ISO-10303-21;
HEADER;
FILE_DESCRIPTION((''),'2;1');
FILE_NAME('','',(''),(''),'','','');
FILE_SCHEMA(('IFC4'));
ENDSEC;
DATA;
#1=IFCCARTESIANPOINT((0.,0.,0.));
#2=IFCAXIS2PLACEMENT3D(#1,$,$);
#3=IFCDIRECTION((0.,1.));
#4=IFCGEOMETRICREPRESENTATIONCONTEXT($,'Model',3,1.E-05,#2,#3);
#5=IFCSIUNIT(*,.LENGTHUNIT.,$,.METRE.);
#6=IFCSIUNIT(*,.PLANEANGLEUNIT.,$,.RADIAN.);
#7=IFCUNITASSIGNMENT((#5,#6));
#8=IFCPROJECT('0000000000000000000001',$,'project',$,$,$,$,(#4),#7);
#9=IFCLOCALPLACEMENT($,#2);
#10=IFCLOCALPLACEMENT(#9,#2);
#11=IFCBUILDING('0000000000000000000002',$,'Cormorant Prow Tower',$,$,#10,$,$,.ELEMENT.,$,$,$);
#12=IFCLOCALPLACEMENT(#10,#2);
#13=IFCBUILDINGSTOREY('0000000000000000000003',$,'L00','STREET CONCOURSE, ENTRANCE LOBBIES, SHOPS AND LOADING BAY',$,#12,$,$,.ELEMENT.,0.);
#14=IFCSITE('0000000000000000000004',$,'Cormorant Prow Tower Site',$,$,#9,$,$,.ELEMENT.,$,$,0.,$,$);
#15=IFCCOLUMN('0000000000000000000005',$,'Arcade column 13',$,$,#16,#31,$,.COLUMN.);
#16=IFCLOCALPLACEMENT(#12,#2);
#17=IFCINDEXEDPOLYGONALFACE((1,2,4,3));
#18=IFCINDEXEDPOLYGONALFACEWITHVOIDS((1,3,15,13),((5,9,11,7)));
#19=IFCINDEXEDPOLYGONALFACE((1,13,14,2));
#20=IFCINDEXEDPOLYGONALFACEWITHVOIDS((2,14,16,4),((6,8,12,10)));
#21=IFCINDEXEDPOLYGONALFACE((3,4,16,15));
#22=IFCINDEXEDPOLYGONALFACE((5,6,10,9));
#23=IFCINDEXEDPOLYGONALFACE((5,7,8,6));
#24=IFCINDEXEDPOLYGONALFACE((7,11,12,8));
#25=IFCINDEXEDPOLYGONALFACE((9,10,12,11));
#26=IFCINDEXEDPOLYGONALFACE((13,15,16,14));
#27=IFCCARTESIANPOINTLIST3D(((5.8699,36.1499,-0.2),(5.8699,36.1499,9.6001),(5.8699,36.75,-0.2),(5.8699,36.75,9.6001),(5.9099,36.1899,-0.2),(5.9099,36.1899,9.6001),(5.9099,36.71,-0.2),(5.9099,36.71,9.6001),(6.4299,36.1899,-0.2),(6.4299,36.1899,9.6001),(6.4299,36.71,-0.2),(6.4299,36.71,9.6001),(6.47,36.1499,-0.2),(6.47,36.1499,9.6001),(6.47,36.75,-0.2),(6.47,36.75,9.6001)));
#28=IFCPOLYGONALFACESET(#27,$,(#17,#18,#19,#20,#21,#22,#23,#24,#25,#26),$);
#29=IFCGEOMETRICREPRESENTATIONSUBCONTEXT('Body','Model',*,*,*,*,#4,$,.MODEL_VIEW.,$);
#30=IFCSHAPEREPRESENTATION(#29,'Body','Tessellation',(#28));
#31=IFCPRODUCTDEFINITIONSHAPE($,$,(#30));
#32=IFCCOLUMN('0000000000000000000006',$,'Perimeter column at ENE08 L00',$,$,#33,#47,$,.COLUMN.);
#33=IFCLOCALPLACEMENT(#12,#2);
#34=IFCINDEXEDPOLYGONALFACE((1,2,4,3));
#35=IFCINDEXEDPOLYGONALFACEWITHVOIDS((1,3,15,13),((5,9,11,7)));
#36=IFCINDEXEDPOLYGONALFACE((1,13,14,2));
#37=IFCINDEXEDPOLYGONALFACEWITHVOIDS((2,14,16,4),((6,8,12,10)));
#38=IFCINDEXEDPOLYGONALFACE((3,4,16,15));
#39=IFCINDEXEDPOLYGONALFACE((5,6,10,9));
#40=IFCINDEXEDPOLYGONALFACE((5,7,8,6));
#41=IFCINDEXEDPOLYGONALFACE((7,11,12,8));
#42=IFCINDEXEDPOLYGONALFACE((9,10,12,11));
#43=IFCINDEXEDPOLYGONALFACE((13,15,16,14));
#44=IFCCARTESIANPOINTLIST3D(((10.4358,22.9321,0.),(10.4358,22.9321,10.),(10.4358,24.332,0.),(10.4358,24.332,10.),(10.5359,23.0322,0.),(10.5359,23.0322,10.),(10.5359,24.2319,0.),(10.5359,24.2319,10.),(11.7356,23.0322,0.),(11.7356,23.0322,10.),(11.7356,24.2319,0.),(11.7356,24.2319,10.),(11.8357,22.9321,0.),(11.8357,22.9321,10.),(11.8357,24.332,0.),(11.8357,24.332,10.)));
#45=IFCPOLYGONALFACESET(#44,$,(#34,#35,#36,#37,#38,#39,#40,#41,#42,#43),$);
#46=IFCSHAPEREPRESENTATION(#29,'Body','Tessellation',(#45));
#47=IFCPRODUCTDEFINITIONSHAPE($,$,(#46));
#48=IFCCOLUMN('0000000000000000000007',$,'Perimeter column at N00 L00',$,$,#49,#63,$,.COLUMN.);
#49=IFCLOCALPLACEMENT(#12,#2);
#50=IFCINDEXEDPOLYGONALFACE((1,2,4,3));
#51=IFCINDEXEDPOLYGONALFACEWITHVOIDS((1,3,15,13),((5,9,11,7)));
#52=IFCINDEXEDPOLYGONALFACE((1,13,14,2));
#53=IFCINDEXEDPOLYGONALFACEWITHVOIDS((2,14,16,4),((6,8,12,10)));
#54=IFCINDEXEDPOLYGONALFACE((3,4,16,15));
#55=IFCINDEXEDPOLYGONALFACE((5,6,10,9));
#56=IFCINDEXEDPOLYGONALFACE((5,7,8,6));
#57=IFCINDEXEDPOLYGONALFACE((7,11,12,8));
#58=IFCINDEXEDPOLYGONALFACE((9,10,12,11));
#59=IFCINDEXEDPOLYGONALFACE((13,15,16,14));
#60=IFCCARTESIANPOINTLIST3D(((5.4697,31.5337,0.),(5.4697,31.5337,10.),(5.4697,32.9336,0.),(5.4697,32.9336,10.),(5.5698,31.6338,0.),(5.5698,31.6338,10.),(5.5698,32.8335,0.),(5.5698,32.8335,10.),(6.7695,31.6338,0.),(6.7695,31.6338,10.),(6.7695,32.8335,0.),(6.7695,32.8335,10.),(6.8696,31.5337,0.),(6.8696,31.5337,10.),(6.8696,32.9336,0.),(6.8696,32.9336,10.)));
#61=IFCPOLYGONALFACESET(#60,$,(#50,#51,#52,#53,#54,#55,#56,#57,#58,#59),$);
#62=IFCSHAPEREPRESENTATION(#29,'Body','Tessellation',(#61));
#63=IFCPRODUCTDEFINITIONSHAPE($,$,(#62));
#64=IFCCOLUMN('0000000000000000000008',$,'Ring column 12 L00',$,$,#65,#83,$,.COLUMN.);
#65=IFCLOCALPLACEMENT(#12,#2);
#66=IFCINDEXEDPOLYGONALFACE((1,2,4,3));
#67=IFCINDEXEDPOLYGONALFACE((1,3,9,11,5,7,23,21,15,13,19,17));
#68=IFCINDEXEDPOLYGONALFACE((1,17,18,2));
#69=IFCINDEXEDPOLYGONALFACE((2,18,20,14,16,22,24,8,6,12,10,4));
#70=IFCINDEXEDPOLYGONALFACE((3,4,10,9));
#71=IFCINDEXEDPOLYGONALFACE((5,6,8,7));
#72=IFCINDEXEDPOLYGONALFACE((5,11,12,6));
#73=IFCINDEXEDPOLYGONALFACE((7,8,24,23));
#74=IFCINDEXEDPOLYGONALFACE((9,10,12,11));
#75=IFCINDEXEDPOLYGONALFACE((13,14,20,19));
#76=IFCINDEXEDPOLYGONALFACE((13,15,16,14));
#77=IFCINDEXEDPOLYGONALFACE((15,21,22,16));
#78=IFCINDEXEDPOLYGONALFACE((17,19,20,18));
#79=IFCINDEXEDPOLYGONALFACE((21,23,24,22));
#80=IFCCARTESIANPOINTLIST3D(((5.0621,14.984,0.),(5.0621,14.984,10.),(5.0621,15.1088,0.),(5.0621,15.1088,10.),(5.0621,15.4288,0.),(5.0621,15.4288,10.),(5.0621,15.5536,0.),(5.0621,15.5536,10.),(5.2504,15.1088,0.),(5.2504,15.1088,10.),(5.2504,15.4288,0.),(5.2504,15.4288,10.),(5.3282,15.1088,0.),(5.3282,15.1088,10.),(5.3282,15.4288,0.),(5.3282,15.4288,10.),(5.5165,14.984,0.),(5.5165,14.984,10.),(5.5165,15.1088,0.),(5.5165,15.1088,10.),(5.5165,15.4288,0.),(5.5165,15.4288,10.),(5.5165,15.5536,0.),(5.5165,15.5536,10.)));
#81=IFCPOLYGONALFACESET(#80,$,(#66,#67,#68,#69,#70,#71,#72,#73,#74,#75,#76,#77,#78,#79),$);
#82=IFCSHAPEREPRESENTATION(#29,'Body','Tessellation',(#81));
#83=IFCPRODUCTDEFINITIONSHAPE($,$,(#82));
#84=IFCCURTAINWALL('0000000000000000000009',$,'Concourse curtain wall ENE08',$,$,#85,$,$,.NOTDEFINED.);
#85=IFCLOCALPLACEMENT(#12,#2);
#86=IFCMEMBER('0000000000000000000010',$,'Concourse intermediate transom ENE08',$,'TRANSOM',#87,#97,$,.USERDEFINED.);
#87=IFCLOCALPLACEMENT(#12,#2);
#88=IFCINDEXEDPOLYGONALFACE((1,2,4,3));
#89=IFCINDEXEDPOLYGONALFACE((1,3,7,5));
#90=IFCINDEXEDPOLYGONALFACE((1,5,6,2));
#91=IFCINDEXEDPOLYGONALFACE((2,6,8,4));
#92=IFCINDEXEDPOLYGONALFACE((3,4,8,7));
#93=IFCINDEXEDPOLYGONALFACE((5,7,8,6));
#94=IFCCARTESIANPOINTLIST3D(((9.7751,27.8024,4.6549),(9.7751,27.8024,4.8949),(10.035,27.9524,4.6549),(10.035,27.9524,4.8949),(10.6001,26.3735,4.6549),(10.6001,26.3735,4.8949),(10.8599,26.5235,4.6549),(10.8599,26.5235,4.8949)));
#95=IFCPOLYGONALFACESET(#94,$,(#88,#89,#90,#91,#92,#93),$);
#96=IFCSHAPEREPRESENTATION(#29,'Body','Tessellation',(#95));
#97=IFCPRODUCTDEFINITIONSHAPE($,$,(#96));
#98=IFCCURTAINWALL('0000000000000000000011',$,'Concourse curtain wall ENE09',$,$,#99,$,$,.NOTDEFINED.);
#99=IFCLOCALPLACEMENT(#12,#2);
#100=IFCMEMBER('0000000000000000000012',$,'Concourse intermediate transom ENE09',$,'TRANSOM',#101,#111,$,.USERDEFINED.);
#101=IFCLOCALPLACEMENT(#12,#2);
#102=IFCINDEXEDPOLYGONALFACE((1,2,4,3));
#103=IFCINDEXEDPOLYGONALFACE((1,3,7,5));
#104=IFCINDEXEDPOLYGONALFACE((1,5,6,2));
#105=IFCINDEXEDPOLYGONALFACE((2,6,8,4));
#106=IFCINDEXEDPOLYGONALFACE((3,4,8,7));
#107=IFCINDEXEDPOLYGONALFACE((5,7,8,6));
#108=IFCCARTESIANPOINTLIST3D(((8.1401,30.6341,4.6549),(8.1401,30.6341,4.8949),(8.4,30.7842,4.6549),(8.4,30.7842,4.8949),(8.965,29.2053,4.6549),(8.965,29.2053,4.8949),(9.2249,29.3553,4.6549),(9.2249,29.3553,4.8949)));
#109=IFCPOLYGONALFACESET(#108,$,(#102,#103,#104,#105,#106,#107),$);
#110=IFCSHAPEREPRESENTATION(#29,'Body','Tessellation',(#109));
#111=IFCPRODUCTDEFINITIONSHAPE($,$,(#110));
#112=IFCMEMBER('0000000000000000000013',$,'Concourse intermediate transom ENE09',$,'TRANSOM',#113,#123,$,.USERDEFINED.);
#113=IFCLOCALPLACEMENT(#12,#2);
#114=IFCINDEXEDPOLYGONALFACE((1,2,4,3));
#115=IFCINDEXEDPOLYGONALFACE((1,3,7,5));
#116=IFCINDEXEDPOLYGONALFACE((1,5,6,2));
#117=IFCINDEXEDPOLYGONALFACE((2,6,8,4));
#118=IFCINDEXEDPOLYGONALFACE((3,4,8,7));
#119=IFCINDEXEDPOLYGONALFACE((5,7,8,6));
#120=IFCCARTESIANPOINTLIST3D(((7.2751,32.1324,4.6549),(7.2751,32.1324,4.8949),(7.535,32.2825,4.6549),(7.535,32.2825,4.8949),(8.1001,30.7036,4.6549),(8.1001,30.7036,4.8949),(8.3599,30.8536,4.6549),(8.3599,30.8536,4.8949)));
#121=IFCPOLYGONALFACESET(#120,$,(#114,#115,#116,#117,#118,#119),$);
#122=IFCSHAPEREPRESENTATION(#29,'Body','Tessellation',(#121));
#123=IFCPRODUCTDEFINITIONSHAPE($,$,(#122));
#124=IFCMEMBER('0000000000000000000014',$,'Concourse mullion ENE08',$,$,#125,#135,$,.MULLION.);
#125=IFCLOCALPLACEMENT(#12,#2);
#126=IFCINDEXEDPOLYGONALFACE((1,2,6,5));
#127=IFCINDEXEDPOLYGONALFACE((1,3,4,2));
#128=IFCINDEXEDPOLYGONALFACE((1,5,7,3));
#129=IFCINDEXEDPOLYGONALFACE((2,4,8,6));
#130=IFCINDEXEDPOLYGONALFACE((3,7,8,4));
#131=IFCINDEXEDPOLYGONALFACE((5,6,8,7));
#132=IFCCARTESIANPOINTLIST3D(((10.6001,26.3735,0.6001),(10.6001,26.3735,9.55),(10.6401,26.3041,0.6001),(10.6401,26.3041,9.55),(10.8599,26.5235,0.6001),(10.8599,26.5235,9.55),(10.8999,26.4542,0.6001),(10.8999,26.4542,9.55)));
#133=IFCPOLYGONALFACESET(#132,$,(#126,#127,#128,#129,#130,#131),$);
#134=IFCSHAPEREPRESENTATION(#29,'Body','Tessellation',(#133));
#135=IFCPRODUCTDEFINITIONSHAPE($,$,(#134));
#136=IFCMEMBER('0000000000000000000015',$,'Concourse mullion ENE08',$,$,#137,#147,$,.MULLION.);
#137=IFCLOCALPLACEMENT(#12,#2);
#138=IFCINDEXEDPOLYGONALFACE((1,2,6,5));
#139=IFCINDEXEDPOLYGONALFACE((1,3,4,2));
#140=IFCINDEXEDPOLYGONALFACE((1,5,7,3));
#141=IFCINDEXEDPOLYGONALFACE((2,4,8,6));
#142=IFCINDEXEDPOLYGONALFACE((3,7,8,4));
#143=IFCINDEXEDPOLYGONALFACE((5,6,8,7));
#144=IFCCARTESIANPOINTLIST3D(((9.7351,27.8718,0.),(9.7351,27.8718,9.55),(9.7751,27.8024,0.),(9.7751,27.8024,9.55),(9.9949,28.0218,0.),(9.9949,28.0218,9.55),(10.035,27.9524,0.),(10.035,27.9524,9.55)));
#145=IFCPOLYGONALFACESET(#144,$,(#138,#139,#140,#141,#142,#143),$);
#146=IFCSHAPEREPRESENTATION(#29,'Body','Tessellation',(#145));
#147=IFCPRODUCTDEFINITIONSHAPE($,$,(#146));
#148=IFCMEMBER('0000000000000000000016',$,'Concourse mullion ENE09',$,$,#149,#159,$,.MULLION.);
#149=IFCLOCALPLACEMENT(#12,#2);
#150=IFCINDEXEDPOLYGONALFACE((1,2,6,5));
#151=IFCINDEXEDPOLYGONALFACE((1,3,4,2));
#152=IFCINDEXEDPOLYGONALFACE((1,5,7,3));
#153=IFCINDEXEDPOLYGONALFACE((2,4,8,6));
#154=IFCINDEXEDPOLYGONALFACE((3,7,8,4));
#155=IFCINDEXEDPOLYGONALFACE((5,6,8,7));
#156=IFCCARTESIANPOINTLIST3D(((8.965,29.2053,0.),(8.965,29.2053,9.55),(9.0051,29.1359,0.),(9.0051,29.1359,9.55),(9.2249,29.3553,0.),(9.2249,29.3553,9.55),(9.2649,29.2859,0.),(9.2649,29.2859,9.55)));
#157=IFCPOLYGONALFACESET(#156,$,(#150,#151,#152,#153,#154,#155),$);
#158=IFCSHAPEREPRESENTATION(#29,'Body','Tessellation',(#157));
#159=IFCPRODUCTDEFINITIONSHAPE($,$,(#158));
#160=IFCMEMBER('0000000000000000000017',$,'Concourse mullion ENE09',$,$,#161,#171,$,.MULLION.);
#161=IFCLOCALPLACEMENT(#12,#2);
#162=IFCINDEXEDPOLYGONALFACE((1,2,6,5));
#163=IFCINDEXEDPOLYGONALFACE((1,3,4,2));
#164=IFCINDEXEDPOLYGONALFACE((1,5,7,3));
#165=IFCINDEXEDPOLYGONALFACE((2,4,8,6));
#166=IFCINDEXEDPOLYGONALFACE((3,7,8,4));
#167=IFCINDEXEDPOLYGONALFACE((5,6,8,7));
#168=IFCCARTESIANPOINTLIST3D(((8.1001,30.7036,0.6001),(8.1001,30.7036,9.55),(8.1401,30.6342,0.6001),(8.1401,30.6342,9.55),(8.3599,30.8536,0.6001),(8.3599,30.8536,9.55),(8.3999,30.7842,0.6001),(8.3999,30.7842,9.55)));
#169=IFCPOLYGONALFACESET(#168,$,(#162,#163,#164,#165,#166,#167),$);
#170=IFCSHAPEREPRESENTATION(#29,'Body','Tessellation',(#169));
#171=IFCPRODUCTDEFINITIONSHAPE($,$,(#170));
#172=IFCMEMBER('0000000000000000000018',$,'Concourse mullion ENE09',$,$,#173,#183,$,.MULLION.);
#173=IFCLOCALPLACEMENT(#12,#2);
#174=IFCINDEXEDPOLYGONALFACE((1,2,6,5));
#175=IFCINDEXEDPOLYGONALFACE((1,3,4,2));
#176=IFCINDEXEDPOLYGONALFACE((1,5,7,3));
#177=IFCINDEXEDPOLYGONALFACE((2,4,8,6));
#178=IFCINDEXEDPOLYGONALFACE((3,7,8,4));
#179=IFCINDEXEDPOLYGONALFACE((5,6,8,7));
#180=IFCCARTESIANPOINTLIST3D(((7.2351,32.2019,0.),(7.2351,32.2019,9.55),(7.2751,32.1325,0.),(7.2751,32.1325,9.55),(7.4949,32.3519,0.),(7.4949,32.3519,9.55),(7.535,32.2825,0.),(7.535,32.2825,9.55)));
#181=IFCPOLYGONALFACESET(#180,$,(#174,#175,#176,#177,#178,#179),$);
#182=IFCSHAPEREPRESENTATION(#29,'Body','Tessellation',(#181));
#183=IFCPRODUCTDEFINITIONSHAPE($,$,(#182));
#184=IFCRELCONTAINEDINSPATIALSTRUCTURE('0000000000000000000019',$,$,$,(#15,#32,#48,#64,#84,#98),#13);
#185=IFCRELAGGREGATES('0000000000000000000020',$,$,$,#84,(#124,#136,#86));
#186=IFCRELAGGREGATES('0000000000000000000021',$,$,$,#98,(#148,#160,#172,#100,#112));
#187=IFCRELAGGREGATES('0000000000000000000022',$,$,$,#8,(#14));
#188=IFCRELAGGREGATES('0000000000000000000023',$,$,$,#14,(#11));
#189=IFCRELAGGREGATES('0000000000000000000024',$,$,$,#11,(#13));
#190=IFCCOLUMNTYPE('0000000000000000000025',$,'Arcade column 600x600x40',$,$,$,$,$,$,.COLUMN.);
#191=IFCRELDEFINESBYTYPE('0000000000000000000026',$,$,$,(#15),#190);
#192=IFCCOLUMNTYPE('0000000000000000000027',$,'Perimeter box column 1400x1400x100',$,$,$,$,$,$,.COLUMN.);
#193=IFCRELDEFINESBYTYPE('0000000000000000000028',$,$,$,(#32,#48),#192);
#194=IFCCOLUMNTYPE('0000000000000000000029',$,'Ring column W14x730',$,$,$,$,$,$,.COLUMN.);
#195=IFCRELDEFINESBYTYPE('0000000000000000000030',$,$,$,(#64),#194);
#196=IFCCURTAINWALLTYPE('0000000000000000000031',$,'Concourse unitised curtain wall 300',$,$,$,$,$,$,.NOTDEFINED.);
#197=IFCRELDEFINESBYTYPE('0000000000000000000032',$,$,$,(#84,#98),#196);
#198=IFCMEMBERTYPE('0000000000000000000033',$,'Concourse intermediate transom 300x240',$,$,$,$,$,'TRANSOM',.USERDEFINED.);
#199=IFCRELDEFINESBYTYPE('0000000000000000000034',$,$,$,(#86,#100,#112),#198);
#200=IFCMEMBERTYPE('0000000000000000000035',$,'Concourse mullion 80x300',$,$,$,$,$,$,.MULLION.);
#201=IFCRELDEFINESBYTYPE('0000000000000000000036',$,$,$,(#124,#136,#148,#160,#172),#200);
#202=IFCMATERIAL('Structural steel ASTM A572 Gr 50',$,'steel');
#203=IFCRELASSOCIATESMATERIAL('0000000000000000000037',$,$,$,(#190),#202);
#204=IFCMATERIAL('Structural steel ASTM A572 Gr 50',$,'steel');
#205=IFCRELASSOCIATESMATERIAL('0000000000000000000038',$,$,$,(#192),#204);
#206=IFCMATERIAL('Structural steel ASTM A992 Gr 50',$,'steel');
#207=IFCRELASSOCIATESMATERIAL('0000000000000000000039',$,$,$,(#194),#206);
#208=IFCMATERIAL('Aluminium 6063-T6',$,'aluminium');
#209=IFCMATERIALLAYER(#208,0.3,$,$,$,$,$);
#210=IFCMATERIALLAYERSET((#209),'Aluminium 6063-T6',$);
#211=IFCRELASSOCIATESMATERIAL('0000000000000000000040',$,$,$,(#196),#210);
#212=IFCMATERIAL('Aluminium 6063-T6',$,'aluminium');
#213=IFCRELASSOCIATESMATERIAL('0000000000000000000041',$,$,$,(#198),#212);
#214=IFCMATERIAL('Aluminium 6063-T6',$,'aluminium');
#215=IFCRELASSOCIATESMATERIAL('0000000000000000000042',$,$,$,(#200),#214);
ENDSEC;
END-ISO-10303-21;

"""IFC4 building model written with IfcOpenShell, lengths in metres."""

from ifc_helpers import new_model, si_unit, direction, frame, origin, origin_2d, place, context, subcontext, project, spatial, rectangle, hollow_rectangle, i_section, extrude, material, layer, layer_set, material_profile, profile_set, type_object, element, aggregate, save


model = new_model("IFC4")

# Units and contexts
model_context = context("Model", 3, precision=1e-05, world=origin(), true_north=direction((0.0, 1.0)))
body_context = subcontext(model_context, "Body", "Model", "MODEL_VIEW")
ifc_project = project(units=[si_unit("LENGTHUNIT", "METRE"), si_unit("PLANEANGLEUNIT", "RADIAN")], contexts=[model_context])

# Site, building, storey
site_placement = place(None, origin())
site = spatial("IfcSite", under=ifc_project, at=site_placement, Name="Cormorant Prow Tower Site", CompositionType="ELEMENT", RefElevation=0.0)
building_placement = place(site_placement, origin())
building = spatial("IfcBuilding", under=site, at=building_placement, Name="Cormorant Prow Tower", CompositionType="ELEMENT")
storey_placement = place(building_placement, origin())
storey = spatial("IfcBuildingStorey", under=building, at=storey_placement, Name="L00", Description="STREET CONCOURSE, ENTRANCE LOBBIES, SHOPS AND LOADING BAY", CompositionType="ELEMENT", Elevation=0.0)

# Columns
ifc_material_1 = material(Name="Structural steel ASTM A572 Gr 50", Category="steel")
ifc_material_profile_1 = material_profile(ifc_material_1, hollow_rectangle(XDim=0.6001, YDim=0.6001, WallThickness=0.04, at=origin_2d()), Name="Box 600x600x40")
ifc_profile_set_1 = profile_set([ifc_material_profile_1], Name="Structural steel ASTM A572 Gr 50")
column_type_1 = type_object("IfcColumnType", Name="Arcade column 600x600x40", PredefinedType="COLUMN", material=ifc_profile_set_1)
column_1_placement = place(storey_placement, frame((6.1699, 36.45, -0.2), z_axis=(0.0, 0.0, 1.0), x_axis=(1.0, 0.0, 0.0)))
element("IfcColumn", 1, at=column_1_placement, inside=storey, type_object=column_type_1, Name="Arcade column 13", PredefinedType="COLUMN", context=body_context, shape_type="SweptSolid", body=[
    extrude(hollow_rectangle(XDim=0.6001, YDim=0.6001, WallThickness=0.04, at=origin_2d()), origin(), (0.0, 0.0, 1.0), 9.8),
])
ifc_material_2 = material(Name="Structural steel ASTM A572 Gr 50", Category="steel")
ifc_material_profile_2 = material_profile(ifc_material_2, hollow_rectangle(XDim=1.3999, YDim=1.3999, WallThickness=0.1001, at=origin_2d()), Name="Box 1400x1400x100")
ifc_profile_set_2 = profile_set([ifc_material_profile_2], Name="Structural steel ASTM A572 Gr 50")
column_type_2 = type_object("IfcColumnType", Name="Perimeter box column 1400x1400x100", PredefinedType="COLUMN", material=ifc_profile_set_2)
for number, where, z_axis, x_axis, name in (
    (2, (11.1357, 23.6321, 0.0), (0.0, 0.0, 1.0), (1.0, 0.0, 0.0), "Perimeter column at ENE08 L00"),
    (3, (6.1697, 32.2336, 0.0), (0.0, 0.0, 1.0), (1.0, 0.0, 0.0), "Perimeter column at N00 L00"),
):
    element("IfcColumn", number, at=place(storey_placement, frame(where, z_axis=z_axis, x_axis=x_axis)), inside=storey, type_object=column_type_2, Name=name, PredefinedType="COLUMN", context=body_context, shape_type="SweptSolid", body=[
        extrude(hollow_rectangle(XDim=1.3999, YDim=1.3999, WallThickness=0.1001, at=origin_2d()), origin(), (0.0, 0.0, 1.0), 10.0),
    ])
ifc_material_3 = material(Name="Structural steel ASTM A992 Gr 50", Category="steel")
ifc_material_profile_3 = material_profile(ifc_material_3, i_section(OverallWidth=0.4543, OverallDepth=0.5696, WebThickness=0.0779, FlangeThickness=0.1248, at=origin_2d()), Name="W14x730")
ifc_profile_set_3 = profile_set([ifc_material_profile_3], Name="Structural steel ASTM A992 Gr 50")
column_type_3 = type_object("IfcColumnType", Name="Ring column W14x730", PredefinedType="COLUMN", material=ifc_profile_set_3)
column_2_placement = place(storey_placement, frame((5.2893, 15.2688, 0.0), z_axis=(0.0, 0.0, 1.0), x_axis=(1.0, 0.0, 0.0)))
element("IfcColumn", 4, at=column_2_placement, inside=storey, type_object=column_type_3, Name="Ring column 12 L00", PredefinedType="COLUMN", context=body_context, shape_type="SweptSolid", body=[
    extrude(i_section(OverallWidth=0.4543, OverallDepth=0.5696, WebThickness=0.0779, FlangeThickness=0.1248, at=origin_2d()), origin(), (0.0, 0.0, 1.0), 10.0),
])

# Curtain wall, member
ifc_material_4 = material(Name="Aluminium 6063-T6", Category="aluminium")
ifc_layer_1 = layer(ifc_material_4, 0.3)
ifc_layer_set_1 = layer_set([ifc_layer_1], Name="Aluminium 6063-T6")
curtain_wall_type = type_object("IfcCurtainWallType", Name="Concourse unitised curtain wall 300", PredefinedType="NOTDEFINED", material=ifc_layer_set_1)
curtain_wall_1_placement = place(storey_placement, origin())
curtain_wall_1 = element("IfcCurtainWall", 5, at=curtain_wall_1_placement, inside=storey, type_object=curtain_wall_type, Name="Concourse curtain wall ENE08", PredefinedType="NOTDEFINED")
ifc_material_5 = material(Name="Aluminium 6063-T6", Category="aluminium")
ifc_material_profile_4 = material_profile(ifc_material_5, rectangle(XDim=0.3, YDim=0.24, at=origin_2d()), Name="Concourse intermediate transom 300x240")
ifc_profile_set_4 = profile_set([ifc_material_profile_4], Name="Aluminium 6063-T6")
member_type_1 = type_object("IfcMemberType", Name="Concourse intermediate transom 300x240", ElementType="TRANSOM", PredefinedType="USERDEFINED", material=ifc_profile_set_4)
member_1_placement = place(storey_placement, frame((10.73, 26.4485, 4.7749), z_axis=(-0.499974, 0.86604, 0.0), x_axis=(-0.86604, -0.499974, 0.0)))
member_1 = element("IfcMember", 6, at=member_1_placement, type_object=member_type_1, Name="Concourse intermediate transom ENE08", ObjectType="TRANSOM", PredefinedType="USERDEFINED", context=body_context, shape_type="SweptSolid", body=[
    extrude(rectangle(XDim=0.3, YDim=0.24, at=origin_2d()), origin(), (0.0, 0.0, 1.0), 1.6499),
])

# Curtain wall, members
curtain_wall_2_placement = place(storey_placement, origin())
curtain_wall_2 = element("IfcCurtainWall", 7, at=curtain_wall_2_placement, inside=storey, type_object=curtain_wall_type, Name="Concourse curtain wall ENE09", PredefinedType="NOTDEFINED")
member_2_placement = place(storey_placement, frame((9.095, 29.2803, 4.7749), z_axis=(-0.499974, 0.86604, 0.0), x_axis=(-0.86604, -0.499974, 0.0)))
member_2 = element("IfcMember", 8, at=member_2_placement, type_object=member_type_1, Name="Concourse intermediate transom ENE09", ObjectType="TRANSOM", PredefinedType="USERDEFINED", context=body_context, shape_type="SweptSolid", body=[
    extrude(rectangle(XDim=0.3, YDim=0.24, at=origin_2d()), origin(), (0.0, 0.0, 1.0), 1.6499),
])
member_3_placement = place(storey_placement, frame((8.23, 30.7786, 4.7749), z_axis=(-0.499974, 0.86604, 0.0), x_axis=(-0.86604, -0.499974, 0.0)))
member_3 = element("IfcMember", 9, at=member_3_placement, type_object=member_type_1, Name="Concourse intermediate transom ENE09", ObjectType="TRANSOM", PredefinedType="USERDEFINED", context=body_context, shape_type="SweptSolid", body=[
    extrude(rectangle(XDim=0.3, YDim=0.24, at=origin_2d()), origin(), (0.0, 0.0, 1.0), 1.6499),
])

# Members
ifc_material_6 = material(Name="Aluminium 6063-T6", Category="aluminium")
ifc_material_profile_5 = material_profile(ifc_material_6, rectangle(XDim=0.3, YDim=0.0801, at=origin_2d()), Name="Concourse mullion 80x300")
ifc_profile_set_5 = profile_set([ifc_material_profile_5], Name="Aluminium 6063-T6")
member_type_2 = type_object("IfcMemberType", Name="Concourse mullion 80x300", PredefinedType="MULLION", material=ifc_profile_set_5)
member_4_placement = place(storey_placement, frame((10.75, 26.4138, 0.6001), z_axis=(0.0, 0.0, 1.0), x_axis=(-0.866025, -0.5, 0.0)))
member_4 = element("IfcMember", 10, at=member_4_placement, type_object=member_type_2, Name="Concourse mullion ENE08", PredefinedType="MULLION", context=body_context, shape_type="SweptSolid", body=[
    extrude(rectangle(XDim=0.3, YDim=0.0801, at=origin_2d()), origin(), (0.0, 0.0, 1.0), 8.95),
])
member_5_placement = place(storey_placement, frame((9.885, 27.9121, 0.0), z_axis=(0.0, 0.0, 1.0), x_axis=(-0.866025, -0.5, 0.0)))
member_5 = element("IfcMember", 11, at=member_5_placement, type_object=member_type_2, Name="Concourse mullion ENE08", PredefinedType="MULLION", context=body_context, shape_type="SweptSolid", body=[
    extrude(rectangle(XDim=0.3, YDim=0.0801, at=origin_2d()), origin(), (0.0, 0.0, 1.0), 9.55),
])
member_6_placement = place(storey_placement, frame((9.115, 29.2456, 0.0), z_axis=(0.0, 0.0, 1.0), x_axis=(-0.866025, -0.5, 0.0)))
member_6 = element("IfcMember", 12, at=member_6_placement, type_object=member_type_2, Name="Concourse mullion ENE09", PredefinedType="MULLION", context=body_context, shape_type="SweptSolid", body=[
    extrude(rectangle(XDim=0.3, YDim=0.0801, at=origin_2d()), origin(), (0.0, 0.0, 1.0), 9.55),
])
member_7_placement = place(storey_placement, frame((8.25, 30.7439, 0.6001), z_axis=(0.0, 0.0, 1.0), x_axis=(-0.866025, -0.5, 0.0)))
member_7 = element("IfcMember", 13, at=member_7_placement, type_object=member_type_2, Name="Concourse mullion ENE09", PredefinedType="MULLION", context=body_context, shape_type="SweptSolid", body=[
    extrude(rectangle(XDim=0.3, YDim=0.0801, at=origin_2d()), origin(), (0.0, 0.0, 1.0), 8.95),
])
member_8_placement = place(storey_placement, frame((7.385, 32.2422, 0.0), z_axis=(0.0, 0.0, 1.0), x_axis=(-0.866025, -0.5, 0.0)))
member_8 = element("IfcMember", 14, at=member_8_placement, type_object=member_type_2, Name="Concourse mullion ENE09", PredefinedType="MULLION", context=body_context, shape_type="SweptSolid", body=[
    extrude(rectangle(XDim=0.3, YDim=0.0801, at=origin_2d()), origin(), (0.0, 0.0, 1.0), 9.55),
])

aggregate(curtain_wall_1, [member_4, member_5, member_1])
aggregate(curtain_wall_2, [member_6, member_7, member_8, member_2, member_3])

save(model, "model.ifc")
